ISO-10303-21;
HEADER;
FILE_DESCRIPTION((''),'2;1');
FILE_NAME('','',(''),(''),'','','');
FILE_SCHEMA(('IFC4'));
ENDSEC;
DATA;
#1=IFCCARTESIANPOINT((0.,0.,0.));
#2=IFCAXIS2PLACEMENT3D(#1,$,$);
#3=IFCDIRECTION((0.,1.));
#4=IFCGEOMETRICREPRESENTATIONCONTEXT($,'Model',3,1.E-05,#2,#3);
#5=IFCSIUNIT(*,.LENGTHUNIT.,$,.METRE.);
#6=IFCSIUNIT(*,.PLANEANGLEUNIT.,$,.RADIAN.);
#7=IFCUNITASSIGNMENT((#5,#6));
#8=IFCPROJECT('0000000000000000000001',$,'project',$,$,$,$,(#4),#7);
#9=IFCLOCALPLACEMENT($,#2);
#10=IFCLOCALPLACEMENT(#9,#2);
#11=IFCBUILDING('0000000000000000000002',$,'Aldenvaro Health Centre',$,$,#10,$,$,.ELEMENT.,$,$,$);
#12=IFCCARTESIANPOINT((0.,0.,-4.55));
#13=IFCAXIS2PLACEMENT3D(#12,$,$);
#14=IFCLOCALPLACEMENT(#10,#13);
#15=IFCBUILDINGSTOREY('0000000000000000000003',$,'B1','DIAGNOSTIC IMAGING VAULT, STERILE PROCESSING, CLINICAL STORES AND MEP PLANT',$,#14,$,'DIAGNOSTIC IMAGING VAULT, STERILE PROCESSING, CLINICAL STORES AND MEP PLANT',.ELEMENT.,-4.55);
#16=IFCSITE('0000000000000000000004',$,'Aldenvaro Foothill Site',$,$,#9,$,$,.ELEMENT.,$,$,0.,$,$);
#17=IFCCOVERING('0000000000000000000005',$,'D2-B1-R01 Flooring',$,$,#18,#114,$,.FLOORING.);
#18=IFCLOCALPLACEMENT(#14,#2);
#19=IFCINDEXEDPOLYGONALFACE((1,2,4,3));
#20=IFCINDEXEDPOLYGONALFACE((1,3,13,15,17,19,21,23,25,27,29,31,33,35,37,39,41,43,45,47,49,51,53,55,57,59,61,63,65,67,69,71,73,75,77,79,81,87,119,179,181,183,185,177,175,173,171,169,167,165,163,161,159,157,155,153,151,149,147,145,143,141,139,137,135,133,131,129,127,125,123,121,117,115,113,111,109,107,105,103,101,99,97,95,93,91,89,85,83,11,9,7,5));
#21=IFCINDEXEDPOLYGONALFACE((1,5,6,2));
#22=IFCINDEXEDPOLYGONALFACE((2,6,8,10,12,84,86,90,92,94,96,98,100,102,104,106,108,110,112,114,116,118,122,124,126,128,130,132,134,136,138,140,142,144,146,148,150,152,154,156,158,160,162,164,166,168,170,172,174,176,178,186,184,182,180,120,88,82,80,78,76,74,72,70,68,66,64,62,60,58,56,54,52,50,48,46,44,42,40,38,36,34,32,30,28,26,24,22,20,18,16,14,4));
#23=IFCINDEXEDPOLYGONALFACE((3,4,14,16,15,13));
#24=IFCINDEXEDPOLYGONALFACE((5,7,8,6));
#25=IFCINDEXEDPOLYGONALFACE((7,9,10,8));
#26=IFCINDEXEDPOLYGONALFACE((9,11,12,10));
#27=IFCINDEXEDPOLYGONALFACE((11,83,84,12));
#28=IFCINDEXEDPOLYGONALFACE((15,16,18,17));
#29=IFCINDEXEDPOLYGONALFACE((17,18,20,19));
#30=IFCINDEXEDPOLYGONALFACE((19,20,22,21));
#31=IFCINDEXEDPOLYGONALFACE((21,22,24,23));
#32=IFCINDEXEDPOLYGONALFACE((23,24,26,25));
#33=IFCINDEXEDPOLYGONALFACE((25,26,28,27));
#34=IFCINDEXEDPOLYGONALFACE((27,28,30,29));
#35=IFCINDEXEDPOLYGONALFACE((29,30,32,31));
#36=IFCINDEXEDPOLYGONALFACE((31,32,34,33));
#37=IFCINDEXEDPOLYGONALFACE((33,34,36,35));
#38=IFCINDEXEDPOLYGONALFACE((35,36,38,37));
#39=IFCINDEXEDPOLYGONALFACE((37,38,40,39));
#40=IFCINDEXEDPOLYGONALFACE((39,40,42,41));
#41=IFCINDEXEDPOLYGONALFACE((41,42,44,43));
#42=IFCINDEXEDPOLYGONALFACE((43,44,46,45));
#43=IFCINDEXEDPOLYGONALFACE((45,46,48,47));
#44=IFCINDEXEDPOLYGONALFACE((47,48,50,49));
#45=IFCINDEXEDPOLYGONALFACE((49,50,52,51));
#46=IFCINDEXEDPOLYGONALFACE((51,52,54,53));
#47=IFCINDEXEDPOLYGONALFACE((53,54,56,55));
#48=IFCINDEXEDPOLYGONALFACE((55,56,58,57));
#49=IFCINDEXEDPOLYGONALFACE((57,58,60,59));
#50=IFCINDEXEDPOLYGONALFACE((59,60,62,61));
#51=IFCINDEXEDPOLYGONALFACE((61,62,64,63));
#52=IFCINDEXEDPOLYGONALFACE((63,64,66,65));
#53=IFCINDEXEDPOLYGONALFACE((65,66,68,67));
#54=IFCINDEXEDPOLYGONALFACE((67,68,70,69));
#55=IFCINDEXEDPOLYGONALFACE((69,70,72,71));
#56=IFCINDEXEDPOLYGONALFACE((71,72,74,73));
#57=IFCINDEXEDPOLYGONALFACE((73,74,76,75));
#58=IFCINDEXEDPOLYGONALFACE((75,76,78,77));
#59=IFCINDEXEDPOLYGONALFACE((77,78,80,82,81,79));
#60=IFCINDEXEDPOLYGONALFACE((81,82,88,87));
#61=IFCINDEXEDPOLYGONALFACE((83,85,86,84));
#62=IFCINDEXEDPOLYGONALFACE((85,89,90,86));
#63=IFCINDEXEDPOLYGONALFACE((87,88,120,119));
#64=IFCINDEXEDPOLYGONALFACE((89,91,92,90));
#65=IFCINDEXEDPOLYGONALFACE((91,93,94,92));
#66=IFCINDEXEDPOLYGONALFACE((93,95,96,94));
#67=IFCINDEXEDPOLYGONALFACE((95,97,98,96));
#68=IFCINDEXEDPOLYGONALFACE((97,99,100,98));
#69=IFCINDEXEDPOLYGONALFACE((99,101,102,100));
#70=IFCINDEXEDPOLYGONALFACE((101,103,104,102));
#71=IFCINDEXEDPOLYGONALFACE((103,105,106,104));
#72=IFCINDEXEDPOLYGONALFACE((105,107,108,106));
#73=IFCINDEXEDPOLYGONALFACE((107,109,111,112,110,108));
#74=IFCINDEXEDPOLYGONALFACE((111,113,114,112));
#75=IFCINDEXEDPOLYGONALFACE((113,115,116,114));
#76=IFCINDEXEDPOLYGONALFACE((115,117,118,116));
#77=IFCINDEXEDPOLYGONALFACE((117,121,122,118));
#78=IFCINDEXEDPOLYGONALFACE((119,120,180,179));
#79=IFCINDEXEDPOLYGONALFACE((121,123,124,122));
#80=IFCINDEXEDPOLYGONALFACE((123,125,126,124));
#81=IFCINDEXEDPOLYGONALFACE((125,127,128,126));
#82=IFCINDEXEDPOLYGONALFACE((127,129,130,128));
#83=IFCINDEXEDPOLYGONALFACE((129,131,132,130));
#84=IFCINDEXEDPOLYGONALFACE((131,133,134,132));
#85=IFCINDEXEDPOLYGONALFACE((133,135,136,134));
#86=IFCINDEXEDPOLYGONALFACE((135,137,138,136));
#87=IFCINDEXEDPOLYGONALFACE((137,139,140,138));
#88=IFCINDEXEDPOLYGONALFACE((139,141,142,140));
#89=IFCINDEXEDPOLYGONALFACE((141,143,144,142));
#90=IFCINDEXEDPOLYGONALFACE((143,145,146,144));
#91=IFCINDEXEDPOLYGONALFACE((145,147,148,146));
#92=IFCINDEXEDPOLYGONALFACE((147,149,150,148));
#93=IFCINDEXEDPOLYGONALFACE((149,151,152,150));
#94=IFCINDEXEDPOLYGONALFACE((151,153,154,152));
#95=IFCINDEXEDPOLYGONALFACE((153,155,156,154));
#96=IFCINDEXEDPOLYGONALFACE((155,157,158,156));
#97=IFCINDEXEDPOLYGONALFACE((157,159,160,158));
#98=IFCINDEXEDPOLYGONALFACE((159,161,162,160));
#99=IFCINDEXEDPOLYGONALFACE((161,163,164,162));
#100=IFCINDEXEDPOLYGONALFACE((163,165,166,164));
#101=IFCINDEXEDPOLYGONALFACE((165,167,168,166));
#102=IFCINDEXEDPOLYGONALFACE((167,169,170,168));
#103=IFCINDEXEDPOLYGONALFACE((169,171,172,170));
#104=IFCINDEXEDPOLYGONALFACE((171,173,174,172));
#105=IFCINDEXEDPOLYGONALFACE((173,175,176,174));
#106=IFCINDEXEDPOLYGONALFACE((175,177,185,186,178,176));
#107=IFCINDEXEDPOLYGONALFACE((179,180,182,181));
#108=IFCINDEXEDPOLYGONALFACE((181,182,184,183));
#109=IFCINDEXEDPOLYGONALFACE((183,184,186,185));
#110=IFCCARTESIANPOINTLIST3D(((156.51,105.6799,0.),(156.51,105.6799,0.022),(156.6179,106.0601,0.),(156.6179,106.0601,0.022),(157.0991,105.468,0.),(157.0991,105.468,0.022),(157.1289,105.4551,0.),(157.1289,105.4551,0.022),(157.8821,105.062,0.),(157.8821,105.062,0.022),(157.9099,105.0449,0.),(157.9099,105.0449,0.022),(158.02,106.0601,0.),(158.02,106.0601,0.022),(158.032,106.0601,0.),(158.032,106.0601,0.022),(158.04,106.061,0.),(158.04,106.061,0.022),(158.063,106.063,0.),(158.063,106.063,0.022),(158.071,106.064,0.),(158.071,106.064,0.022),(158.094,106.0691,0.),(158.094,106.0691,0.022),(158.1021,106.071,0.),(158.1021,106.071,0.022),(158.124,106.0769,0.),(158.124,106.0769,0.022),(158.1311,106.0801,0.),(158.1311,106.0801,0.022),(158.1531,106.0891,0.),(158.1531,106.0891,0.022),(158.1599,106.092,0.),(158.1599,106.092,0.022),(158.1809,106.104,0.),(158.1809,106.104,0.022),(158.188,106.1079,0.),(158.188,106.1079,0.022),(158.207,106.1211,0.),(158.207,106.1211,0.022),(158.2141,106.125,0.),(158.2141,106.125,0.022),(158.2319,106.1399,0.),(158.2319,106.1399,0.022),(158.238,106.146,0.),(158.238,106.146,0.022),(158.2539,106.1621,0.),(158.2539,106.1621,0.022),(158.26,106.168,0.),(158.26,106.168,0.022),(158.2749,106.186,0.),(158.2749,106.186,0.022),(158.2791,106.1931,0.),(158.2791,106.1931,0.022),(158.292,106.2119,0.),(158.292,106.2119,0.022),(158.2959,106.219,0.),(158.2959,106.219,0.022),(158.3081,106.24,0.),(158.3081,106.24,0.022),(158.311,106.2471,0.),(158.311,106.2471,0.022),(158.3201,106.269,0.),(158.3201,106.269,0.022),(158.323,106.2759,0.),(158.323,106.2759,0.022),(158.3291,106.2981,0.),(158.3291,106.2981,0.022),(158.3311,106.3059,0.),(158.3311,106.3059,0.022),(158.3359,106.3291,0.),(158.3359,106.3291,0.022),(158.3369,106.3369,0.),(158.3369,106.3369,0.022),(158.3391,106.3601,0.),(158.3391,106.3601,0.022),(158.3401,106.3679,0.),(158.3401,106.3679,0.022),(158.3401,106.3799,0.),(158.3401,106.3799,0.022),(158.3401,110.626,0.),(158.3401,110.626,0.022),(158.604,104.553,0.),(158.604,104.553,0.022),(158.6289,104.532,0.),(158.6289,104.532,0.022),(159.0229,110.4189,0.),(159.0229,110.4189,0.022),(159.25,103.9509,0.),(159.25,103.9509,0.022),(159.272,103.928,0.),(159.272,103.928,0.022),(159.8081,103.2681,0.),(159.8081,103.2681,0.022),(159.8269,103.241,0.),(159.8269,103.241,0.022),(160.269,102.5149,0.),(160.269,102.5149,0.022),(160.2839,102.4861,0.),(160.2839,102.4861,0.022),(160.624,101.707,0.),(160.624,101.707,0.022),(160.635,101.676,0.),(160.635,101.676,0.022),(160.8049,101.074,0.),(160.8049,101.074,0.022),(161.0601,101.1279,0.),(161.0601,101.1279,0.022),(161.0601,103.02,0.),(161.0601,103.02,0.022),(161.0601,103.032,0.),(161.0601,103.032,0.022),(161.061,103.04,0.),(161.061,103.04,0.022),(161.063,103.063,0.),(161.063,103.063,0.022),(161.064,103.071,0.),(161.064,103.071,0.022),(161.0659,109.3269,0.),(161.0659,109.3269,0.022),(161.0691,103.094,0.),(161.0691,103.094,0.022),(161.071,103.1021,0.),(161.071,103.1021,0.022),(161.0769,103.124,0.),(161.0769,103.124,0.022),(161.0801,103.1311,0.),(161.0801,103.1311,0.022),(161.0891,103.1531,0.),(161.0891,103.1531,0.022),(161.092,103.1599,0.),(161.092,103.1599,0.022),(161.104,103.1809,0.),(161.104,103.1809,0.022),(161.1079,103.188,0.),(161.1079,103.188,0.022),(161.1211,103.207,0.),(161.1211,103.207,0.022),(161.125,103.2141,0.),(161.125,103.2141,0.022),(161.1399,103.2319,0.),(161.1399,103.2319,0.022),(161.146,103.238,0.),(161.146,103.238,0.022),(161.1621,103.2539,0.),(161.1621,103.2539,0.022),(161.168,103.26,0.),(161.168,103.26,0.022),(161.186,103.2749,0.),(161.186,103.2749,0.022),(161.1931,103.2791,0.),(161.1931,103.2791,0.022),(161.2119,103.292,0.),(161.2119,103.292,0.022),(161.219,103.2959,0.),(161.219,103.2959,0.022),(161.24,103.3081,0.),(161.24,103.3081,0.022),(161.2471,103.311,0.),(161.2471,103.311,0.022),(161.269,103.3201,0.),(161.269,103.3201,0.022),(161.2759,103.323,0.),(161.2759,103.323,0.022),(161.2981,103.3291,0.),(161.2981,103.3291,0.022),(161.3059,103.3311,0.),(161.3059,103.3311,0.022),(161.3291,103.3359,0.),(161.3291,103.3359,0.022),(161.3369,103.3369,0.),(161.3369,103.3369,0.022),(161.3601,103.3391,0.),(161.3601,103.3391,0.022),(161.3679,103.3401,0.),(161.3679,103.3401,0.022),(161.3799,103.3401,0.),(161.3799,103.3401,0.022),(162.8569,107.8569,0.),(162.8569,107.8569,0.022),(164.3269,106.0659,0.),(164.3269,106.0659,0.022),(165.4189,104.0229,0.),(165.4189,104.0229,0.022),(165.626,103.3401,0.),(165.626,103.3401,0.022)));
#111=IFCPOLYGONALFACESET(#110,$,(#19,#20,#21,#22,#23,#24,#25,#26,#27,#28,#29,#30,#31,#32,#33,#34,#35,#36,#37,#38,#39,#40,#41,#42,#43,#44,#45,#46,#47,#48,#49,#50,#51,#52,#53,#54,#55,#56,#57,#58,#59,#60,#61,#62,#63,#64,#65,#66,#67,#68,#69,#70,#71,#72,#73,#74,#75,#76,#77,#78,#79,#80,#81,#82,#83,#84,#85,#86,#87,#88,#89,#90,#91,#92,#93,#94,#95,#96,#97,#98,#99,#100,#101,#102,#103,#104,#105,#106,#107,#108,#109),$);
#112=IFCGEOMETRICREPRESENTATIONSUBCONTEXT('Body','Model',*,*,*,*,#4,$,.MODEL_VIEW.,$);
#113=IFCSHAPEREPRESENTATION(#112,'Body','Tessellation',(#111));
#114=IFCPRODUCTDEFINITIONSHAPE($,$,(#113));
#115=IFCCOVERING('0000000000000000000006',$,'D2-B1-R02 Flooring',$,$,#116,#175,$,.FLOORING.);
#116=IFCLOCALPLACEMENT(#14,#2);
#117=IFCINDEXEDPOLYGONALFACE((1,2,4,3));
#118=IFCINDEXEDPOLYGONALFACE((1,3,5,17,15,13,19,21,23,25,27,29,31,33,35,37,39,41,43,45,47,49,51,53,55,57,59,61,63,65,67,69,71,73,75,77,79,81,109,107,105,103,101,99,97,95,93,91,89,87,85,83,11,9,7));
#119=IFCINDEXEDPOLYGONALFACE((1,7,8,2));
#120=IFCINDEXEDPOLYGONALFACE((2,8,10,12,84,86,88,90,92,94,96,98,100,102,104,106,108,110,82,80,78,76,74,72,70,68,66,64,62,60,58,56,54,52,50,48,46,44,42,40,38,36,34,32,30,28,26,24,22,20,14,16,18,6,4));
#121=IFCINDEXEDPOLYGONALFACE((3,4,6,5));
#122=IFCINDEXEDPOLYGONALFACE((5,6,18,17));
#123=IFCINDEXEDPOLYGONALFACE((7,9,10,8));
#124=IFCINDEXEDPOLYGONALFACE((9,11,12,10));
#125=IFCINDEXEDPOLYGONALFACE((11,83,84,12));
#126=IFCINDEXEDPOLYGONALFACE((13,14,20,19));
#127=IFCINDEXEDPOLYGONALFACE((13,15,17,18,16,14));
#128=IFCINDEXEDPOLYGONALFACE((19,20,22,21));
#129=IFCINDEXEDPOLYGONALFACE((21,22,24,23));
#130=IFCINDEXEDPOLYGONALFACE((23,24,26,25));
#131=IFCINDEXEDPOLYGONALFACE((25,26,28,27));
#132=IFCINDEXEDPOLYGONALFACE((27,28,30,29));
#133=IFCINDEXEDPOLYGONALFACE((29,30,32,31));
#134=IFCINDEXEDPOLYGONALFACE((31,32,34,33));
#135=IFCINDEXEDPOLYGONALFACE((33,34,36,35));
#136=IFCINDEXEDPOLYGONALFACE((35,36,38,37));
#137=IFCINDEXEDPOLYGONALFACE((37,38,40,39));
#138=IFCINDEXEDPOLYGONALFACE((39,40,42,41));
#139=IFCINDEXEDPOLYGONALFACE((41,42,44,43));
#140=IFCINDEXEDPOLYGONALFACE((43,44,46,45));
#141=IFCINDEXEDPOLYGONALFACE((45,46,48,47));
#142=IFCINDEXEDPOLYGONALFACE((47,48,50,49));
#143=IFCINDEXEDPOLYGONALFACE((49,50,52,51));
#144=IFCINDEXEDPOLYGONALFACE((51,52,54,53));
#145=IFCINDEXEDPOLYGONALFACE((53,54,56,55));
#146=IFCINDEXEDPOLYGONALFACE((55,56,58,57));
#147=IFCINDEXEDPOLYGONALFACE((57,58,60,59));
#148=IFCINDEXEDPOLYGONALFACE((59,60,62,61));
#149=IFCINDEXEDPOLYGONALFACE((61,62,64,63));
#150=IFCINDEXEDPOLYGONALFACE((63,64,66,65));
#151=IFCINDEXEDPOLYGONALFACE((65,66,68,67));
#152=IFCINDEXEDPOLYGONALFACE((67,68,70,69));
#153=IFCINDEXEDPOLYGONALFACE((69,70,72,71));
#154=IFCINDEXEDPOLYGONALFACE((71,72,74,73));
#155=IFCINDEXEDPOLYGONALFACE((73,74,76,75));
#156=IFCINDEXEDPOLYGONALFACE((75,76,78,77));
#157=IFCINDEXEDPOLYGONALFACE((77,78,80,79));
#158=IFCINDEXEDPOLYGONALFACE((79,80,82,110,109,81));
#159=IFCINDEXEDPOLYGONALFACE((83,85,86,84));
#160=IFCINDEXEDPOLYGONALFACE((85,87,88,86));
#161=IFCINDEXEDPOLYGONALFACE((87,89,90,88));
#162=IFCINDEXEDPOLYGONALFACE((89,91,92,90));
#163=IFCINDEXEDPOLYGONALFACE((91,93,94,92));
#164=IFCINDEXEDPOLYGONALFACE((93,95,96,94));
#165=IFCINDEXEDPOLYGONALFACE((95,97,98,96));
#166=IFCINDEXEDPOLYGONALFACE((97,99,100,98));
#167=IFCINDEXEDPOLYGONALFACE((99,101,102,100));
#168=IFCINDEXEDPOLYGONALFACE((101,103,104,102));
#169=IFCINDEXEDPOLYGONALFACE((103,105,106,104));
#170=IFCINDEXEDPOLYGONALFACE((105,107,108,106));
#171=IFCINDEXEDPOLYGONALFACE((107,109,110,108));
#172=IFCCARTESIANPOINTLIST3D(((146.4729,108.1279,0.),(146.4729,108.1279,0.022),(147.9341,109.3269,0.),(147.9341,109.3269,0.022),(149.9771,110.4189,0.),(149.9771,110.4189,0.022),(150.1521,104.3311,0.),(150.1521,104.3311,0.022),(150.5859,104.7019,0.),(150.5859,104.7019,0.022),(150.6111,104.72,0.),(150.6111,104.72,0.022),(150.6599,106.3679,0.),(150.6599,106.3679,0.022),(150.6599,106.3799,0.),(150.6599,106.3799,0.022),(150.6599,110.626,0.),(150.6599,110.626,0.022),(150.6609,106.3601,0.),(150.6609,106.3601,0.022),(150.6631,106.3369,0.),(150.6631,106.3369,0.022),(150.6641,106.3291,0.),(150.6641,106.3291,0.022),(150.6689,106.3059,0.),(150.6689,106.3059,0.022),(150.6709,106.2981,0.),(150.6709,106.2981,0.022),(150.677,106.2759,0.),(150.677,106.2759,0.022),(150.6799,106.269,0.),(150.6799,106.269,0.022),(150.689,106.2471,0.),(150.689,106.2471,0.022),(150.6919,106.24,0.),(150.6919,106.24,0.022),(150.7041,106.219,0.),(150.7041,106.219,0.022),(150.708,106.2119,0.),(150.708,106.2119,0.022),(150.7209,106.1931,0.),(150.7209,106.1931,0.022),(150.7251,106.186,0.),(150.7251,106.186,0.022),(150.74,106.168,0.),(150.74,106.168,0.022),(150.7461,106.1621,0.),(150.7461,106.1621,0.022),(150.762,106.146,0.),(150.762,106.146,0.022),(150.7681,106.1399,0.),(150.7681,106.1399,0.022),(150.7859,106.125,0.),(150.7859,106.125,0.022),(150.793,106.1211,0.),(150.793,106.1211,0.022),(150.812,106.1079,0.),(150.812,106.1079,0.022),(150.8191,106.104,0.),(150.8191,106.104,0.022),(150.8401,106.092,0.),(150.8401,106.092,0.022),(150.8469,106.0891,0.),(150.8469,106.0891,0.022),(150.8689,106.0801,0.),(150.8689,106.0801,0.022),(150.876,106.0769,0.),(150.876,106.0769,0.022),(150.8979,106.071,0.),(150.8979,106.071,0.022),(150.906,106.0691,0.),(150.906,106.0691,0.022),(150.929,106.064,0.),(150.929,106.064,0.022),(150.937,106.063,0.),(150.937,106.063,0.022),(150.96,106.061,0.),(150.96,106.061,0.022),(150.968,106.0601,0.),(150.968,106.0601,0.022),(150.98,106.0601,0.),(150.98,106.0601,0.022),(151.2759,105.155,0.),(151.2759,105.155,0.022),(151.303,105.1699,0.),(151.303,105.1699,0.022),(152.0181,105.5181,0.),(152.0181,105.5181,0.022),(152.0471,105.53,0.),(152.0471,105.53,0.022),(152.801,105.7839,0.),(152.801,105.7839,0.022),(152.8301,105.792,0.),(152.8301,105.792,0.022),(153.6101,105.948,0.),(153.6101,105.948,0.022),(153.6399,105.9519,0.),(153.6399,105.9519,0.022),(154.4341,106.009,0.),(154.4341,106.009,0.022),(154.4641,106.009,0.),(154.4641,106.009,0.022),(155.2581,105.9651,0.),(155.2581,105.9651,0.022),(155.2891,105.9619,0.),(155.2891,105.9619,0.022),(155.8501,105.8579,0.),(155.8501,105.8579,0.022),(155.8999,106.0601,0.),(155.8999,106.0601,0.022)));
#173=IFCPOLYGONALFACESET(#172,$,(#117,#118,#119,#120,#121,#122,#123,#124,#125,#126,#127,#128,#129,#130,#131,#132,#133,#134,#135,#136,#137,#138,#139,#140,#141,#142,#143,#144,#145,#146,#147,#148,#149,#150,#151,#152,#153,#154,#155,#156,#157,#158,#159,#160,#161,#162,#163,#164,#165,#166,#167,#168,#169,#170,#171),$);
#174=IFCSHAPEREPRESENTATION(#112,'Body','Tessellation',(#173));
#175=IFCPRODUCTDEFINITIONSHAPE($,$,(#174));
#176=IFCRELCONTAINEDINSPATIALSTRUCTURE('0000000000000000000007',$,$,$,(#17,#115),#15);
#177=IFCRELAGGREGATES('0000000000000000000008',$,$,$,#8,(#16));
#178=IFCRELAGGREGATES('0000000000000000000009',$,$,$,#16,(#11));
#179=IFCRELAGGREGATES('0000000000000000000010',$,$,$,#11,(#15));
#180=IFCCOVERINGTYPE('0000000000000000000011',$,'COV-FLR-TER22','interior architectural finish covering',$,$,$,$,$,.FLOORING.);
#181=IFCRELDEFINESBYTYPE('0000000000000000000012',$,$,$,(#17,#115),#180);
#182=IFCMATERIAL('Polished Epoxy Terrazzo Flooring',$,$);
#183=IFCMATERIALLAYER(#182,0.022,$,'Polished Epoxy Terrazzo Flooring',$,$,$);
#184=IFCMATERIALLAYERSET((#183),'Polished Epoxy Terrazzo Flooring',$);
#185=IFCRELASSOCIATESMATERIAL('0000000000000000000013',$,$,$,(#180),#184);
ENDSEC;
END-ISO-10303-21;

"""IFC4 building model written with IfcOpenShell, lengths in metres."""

from ifc_helpers import new_model, si_unit, direction, frame, origin, place, context, subcontext, project, spatial, polyline, outline, extrude, material, layer, layer_set, type_object, element, save


model = new_model("IFC4")

# Units and contexts
model_context = context("Model", 3, precision=1e-05, world=origin(), true_north=direction((0.0, 1.0)))
body_context = subcontext(model_context, "Body", "Model", "MODEL_VIEW")
ifc_project = project(units=[si_unit("LENGTHUNIT", "METRE"), si_unit("PLANEANGLEUNIT", "RADIAN")], contexts=[model_context])

# Site, building, storey
site_placement = place(None, origin())
site = spatial("IfcSite", under=ifc_project, at=site_placement, Name="Aldenvaro Foothill Site", CompositionType="ELEMENT", RefElevation=0.0)
building_placement = place(site_placement, origin())
building = spatial("IfcBuilding", under=site, at=building_placement, Name="Aldenvaro Health Centre", CompositionType="ELEMENT")
storey_placement = place(building_placement, frame((0.0, 0.0, -4.55)))
storey = spatial("IfcBuildingStorey", under=building, at=storey_placement, Name="B1", Description="DIAGNOSTIC IMAGING VAULT, STERILE PROCESSING, CLINICAL STORES AND MEP PLANT", LongName="DIAGNOSTIC IMAGING VAULT, STERILE PROCESSING, CLINICAL STORES AND MEP PLANT", CompositionType="ELEMENT", Elevation=-4.55)

# Coverings
ifc_material_1 = material(Name="Polished Epoxy Terrazzo Flooring")
ifc_layer_1 = layer(ifc_material_1, 0.022, Name="Polished Epoxy Terrazzo Flooring")
ifc_layer_set_1 = layer_set([ifc_layer_1], Name="Polished Epoxy Terrazzo Flooring")
covering_type_1 = type_object("IfcCoveringType", Name="COV-FLR-TER22", Description="interior architectural finish covering", PredefinedType="FLOORING", material=ifc_layer_set_1)
covering_1_placement = place(storey_placement, origin())
element("IfcCovering", 1, at=covering_1_placement, inside=storey, type_object=covering_type_1, Name="D2-B1-R01 Flooring", PredefinedType="FLOORING", context=body_context, shape_type="SweptSolid", body=[
    extrude(outline(polyline([(160.635, 101.676), (160.624, 101.707), (160.2839, 102.4861), (160.269, 102.5149), (159.8269, 103.241), (159.8081, 103.2681), (159.272, 103.928), (159.25, 103.9509), (158.6289, 104.532), (158.604, 104.553), (157.9099, 105.0449), (157.8821, 105.062), (157.1289, 105.4551), (157.0991, 105.468), (156.51, 105.6799), (156.6179, 106.0601), (158.02, 106.0601), (158.032, 106.0601), (158.04, 106.061), (158.063, 106.063), (158.071, 106.064), (158.094, 106.0691), (158.1021, 106.071), (158.124, 106.0769), (158.1311, 106.0801), (158.1531, 106.0891), (158.1599, 106.092), (158.1809, 106.104), (158.188, 106.1079), (158.207, 106.1211), (158.2141, 106.125), (158.2319, 106.1399), (158.238, 106.146), (158.2539, 106.1621), (158.26, 106.168), (158.2749, 106.186), (158.2791, 106.1931), (158.292, 106.2119), (158.2959, 106.219), (158.3081, 106.24), (158.311, 106.2471), (158.3201, 106.269), (158.323, 106.2759), (158.3291, 106.2981), (158.3311, 106.3059), (158.3359, 106.3291), (158.3369, 106.3369), (158.3391, 106.3601), (158.3401, 106.3679), (158.3401, 106.3799), (158.3401, 110.626), (159.0229, 110.4189), (161.0659, 109.3269), (162.8569, 107.8569), (164.3269, 106.0659), (165.4189, 104.0229), (165.626, 103.3401), (161.3799, 103.3401), (161.3679, 103.3401), (161.3601, 103.3391), (161.3369, 103.3369), (161.3291, 103.3359), (161.3059, 103.3311), (161.2981, 103.3291), (161.2759, 103.323), (161.269, 103.3201), (161.2471, 103.311), (161.24, 103.3081), (161.219, 103.2959), (161.2119, 103.292), (161.1931, 103.2791), (161.186, 103.2749), (161.168, 103.26), (161.1621, 103.2539), (161.146, 103.238), (161.1399, 103.2319), (161.125, 103.2141), (161.1211, 103.207), (161.1079, 103.188), (161.104, 103.1809), (161.092, 103.1599), (161.0891, 103.1531), (161.0801, 103.1311), (161.0769, 103.124), (161.071, 103.1021), (161.0691, 103.094), (161.064, 103.071), (161.063, 103.063), (161.061, 103.04), (161.0601, 103.032), (161.0601, 103.02), (161.0601, 101.1279), (160.8049, 101.074), (160.635, 101.676)])), origin(), (0.0, 0.0, 1.0), 0.022),
])
covering_2_placement = place(storey_placement, origin())
element("IfcCovering", 2, at=covering_2_placement, inside=storey, type_object=covering_type_1, Name="D2-B1-R02 Flooring", PredefinedType="FLOORING", context=body_context, shape_type="SweptSolid", body=[
    extrude(outline(polyline([(155.2891, 105.9619), (155.2581, 105.9651), (154.4641, 106.009), (154.4341, 106.009), (153.6399, 105.9519), (153.6101, 105.948), (152.8301, 105.792), (152.801, 105.7839), (152.0471, 105.53), (152.0181, 105.5181), (151.303, 105.1699), (151.2759, 105.155), (150.6111, 104.72), (150.5859, 104.7019), (150.1521, 104.3311), (146.4729, 108.1279), (147.9341, 109.3269), (149.9771, 110.4189), (150.6599, 110.626), (150.6599, 106.3799), (150.6599, 106.3679), (150.6609, 106.3601), (150.6631, 106.3369), (150.6641, 106.3291), (150.6689, 106.3059), (150.6709, 106.2981), (150.677, 106.2759), (150.6799, 106.269), (150.689, 106.2471), (150.6919, 106.24), (150.7041, 106.219), (150.708, 106.2119), (150.7209, 106.1931), (150.7251, 106.186), (150.74, 106.168), (150.7461, 106.1621), (150.762, 106.146), (150.7681, 106.1399), (150.7859, 106.125), (150.793, 106.1211), (150.812, 106.1079), (150.8191, 106.104), (150.8401, 106.092), (150.8469, 106.0891), (150.8689, 106.0801), (150.876, 106.0769), (150.8979, 106.071), (150.906, 106.0691), (150.929, 106.064), (150.937, 106.063), (150.96, 106.061), (150.968, 106.0601), (150.98, 106.0601), (155.8999, 106.0601), (155.8501, 105.8579), (155.2891, 105.9619)])), origin(), (0.0, 0.0, 1.0), 0.022),
])

save(model, "model.ifc")
